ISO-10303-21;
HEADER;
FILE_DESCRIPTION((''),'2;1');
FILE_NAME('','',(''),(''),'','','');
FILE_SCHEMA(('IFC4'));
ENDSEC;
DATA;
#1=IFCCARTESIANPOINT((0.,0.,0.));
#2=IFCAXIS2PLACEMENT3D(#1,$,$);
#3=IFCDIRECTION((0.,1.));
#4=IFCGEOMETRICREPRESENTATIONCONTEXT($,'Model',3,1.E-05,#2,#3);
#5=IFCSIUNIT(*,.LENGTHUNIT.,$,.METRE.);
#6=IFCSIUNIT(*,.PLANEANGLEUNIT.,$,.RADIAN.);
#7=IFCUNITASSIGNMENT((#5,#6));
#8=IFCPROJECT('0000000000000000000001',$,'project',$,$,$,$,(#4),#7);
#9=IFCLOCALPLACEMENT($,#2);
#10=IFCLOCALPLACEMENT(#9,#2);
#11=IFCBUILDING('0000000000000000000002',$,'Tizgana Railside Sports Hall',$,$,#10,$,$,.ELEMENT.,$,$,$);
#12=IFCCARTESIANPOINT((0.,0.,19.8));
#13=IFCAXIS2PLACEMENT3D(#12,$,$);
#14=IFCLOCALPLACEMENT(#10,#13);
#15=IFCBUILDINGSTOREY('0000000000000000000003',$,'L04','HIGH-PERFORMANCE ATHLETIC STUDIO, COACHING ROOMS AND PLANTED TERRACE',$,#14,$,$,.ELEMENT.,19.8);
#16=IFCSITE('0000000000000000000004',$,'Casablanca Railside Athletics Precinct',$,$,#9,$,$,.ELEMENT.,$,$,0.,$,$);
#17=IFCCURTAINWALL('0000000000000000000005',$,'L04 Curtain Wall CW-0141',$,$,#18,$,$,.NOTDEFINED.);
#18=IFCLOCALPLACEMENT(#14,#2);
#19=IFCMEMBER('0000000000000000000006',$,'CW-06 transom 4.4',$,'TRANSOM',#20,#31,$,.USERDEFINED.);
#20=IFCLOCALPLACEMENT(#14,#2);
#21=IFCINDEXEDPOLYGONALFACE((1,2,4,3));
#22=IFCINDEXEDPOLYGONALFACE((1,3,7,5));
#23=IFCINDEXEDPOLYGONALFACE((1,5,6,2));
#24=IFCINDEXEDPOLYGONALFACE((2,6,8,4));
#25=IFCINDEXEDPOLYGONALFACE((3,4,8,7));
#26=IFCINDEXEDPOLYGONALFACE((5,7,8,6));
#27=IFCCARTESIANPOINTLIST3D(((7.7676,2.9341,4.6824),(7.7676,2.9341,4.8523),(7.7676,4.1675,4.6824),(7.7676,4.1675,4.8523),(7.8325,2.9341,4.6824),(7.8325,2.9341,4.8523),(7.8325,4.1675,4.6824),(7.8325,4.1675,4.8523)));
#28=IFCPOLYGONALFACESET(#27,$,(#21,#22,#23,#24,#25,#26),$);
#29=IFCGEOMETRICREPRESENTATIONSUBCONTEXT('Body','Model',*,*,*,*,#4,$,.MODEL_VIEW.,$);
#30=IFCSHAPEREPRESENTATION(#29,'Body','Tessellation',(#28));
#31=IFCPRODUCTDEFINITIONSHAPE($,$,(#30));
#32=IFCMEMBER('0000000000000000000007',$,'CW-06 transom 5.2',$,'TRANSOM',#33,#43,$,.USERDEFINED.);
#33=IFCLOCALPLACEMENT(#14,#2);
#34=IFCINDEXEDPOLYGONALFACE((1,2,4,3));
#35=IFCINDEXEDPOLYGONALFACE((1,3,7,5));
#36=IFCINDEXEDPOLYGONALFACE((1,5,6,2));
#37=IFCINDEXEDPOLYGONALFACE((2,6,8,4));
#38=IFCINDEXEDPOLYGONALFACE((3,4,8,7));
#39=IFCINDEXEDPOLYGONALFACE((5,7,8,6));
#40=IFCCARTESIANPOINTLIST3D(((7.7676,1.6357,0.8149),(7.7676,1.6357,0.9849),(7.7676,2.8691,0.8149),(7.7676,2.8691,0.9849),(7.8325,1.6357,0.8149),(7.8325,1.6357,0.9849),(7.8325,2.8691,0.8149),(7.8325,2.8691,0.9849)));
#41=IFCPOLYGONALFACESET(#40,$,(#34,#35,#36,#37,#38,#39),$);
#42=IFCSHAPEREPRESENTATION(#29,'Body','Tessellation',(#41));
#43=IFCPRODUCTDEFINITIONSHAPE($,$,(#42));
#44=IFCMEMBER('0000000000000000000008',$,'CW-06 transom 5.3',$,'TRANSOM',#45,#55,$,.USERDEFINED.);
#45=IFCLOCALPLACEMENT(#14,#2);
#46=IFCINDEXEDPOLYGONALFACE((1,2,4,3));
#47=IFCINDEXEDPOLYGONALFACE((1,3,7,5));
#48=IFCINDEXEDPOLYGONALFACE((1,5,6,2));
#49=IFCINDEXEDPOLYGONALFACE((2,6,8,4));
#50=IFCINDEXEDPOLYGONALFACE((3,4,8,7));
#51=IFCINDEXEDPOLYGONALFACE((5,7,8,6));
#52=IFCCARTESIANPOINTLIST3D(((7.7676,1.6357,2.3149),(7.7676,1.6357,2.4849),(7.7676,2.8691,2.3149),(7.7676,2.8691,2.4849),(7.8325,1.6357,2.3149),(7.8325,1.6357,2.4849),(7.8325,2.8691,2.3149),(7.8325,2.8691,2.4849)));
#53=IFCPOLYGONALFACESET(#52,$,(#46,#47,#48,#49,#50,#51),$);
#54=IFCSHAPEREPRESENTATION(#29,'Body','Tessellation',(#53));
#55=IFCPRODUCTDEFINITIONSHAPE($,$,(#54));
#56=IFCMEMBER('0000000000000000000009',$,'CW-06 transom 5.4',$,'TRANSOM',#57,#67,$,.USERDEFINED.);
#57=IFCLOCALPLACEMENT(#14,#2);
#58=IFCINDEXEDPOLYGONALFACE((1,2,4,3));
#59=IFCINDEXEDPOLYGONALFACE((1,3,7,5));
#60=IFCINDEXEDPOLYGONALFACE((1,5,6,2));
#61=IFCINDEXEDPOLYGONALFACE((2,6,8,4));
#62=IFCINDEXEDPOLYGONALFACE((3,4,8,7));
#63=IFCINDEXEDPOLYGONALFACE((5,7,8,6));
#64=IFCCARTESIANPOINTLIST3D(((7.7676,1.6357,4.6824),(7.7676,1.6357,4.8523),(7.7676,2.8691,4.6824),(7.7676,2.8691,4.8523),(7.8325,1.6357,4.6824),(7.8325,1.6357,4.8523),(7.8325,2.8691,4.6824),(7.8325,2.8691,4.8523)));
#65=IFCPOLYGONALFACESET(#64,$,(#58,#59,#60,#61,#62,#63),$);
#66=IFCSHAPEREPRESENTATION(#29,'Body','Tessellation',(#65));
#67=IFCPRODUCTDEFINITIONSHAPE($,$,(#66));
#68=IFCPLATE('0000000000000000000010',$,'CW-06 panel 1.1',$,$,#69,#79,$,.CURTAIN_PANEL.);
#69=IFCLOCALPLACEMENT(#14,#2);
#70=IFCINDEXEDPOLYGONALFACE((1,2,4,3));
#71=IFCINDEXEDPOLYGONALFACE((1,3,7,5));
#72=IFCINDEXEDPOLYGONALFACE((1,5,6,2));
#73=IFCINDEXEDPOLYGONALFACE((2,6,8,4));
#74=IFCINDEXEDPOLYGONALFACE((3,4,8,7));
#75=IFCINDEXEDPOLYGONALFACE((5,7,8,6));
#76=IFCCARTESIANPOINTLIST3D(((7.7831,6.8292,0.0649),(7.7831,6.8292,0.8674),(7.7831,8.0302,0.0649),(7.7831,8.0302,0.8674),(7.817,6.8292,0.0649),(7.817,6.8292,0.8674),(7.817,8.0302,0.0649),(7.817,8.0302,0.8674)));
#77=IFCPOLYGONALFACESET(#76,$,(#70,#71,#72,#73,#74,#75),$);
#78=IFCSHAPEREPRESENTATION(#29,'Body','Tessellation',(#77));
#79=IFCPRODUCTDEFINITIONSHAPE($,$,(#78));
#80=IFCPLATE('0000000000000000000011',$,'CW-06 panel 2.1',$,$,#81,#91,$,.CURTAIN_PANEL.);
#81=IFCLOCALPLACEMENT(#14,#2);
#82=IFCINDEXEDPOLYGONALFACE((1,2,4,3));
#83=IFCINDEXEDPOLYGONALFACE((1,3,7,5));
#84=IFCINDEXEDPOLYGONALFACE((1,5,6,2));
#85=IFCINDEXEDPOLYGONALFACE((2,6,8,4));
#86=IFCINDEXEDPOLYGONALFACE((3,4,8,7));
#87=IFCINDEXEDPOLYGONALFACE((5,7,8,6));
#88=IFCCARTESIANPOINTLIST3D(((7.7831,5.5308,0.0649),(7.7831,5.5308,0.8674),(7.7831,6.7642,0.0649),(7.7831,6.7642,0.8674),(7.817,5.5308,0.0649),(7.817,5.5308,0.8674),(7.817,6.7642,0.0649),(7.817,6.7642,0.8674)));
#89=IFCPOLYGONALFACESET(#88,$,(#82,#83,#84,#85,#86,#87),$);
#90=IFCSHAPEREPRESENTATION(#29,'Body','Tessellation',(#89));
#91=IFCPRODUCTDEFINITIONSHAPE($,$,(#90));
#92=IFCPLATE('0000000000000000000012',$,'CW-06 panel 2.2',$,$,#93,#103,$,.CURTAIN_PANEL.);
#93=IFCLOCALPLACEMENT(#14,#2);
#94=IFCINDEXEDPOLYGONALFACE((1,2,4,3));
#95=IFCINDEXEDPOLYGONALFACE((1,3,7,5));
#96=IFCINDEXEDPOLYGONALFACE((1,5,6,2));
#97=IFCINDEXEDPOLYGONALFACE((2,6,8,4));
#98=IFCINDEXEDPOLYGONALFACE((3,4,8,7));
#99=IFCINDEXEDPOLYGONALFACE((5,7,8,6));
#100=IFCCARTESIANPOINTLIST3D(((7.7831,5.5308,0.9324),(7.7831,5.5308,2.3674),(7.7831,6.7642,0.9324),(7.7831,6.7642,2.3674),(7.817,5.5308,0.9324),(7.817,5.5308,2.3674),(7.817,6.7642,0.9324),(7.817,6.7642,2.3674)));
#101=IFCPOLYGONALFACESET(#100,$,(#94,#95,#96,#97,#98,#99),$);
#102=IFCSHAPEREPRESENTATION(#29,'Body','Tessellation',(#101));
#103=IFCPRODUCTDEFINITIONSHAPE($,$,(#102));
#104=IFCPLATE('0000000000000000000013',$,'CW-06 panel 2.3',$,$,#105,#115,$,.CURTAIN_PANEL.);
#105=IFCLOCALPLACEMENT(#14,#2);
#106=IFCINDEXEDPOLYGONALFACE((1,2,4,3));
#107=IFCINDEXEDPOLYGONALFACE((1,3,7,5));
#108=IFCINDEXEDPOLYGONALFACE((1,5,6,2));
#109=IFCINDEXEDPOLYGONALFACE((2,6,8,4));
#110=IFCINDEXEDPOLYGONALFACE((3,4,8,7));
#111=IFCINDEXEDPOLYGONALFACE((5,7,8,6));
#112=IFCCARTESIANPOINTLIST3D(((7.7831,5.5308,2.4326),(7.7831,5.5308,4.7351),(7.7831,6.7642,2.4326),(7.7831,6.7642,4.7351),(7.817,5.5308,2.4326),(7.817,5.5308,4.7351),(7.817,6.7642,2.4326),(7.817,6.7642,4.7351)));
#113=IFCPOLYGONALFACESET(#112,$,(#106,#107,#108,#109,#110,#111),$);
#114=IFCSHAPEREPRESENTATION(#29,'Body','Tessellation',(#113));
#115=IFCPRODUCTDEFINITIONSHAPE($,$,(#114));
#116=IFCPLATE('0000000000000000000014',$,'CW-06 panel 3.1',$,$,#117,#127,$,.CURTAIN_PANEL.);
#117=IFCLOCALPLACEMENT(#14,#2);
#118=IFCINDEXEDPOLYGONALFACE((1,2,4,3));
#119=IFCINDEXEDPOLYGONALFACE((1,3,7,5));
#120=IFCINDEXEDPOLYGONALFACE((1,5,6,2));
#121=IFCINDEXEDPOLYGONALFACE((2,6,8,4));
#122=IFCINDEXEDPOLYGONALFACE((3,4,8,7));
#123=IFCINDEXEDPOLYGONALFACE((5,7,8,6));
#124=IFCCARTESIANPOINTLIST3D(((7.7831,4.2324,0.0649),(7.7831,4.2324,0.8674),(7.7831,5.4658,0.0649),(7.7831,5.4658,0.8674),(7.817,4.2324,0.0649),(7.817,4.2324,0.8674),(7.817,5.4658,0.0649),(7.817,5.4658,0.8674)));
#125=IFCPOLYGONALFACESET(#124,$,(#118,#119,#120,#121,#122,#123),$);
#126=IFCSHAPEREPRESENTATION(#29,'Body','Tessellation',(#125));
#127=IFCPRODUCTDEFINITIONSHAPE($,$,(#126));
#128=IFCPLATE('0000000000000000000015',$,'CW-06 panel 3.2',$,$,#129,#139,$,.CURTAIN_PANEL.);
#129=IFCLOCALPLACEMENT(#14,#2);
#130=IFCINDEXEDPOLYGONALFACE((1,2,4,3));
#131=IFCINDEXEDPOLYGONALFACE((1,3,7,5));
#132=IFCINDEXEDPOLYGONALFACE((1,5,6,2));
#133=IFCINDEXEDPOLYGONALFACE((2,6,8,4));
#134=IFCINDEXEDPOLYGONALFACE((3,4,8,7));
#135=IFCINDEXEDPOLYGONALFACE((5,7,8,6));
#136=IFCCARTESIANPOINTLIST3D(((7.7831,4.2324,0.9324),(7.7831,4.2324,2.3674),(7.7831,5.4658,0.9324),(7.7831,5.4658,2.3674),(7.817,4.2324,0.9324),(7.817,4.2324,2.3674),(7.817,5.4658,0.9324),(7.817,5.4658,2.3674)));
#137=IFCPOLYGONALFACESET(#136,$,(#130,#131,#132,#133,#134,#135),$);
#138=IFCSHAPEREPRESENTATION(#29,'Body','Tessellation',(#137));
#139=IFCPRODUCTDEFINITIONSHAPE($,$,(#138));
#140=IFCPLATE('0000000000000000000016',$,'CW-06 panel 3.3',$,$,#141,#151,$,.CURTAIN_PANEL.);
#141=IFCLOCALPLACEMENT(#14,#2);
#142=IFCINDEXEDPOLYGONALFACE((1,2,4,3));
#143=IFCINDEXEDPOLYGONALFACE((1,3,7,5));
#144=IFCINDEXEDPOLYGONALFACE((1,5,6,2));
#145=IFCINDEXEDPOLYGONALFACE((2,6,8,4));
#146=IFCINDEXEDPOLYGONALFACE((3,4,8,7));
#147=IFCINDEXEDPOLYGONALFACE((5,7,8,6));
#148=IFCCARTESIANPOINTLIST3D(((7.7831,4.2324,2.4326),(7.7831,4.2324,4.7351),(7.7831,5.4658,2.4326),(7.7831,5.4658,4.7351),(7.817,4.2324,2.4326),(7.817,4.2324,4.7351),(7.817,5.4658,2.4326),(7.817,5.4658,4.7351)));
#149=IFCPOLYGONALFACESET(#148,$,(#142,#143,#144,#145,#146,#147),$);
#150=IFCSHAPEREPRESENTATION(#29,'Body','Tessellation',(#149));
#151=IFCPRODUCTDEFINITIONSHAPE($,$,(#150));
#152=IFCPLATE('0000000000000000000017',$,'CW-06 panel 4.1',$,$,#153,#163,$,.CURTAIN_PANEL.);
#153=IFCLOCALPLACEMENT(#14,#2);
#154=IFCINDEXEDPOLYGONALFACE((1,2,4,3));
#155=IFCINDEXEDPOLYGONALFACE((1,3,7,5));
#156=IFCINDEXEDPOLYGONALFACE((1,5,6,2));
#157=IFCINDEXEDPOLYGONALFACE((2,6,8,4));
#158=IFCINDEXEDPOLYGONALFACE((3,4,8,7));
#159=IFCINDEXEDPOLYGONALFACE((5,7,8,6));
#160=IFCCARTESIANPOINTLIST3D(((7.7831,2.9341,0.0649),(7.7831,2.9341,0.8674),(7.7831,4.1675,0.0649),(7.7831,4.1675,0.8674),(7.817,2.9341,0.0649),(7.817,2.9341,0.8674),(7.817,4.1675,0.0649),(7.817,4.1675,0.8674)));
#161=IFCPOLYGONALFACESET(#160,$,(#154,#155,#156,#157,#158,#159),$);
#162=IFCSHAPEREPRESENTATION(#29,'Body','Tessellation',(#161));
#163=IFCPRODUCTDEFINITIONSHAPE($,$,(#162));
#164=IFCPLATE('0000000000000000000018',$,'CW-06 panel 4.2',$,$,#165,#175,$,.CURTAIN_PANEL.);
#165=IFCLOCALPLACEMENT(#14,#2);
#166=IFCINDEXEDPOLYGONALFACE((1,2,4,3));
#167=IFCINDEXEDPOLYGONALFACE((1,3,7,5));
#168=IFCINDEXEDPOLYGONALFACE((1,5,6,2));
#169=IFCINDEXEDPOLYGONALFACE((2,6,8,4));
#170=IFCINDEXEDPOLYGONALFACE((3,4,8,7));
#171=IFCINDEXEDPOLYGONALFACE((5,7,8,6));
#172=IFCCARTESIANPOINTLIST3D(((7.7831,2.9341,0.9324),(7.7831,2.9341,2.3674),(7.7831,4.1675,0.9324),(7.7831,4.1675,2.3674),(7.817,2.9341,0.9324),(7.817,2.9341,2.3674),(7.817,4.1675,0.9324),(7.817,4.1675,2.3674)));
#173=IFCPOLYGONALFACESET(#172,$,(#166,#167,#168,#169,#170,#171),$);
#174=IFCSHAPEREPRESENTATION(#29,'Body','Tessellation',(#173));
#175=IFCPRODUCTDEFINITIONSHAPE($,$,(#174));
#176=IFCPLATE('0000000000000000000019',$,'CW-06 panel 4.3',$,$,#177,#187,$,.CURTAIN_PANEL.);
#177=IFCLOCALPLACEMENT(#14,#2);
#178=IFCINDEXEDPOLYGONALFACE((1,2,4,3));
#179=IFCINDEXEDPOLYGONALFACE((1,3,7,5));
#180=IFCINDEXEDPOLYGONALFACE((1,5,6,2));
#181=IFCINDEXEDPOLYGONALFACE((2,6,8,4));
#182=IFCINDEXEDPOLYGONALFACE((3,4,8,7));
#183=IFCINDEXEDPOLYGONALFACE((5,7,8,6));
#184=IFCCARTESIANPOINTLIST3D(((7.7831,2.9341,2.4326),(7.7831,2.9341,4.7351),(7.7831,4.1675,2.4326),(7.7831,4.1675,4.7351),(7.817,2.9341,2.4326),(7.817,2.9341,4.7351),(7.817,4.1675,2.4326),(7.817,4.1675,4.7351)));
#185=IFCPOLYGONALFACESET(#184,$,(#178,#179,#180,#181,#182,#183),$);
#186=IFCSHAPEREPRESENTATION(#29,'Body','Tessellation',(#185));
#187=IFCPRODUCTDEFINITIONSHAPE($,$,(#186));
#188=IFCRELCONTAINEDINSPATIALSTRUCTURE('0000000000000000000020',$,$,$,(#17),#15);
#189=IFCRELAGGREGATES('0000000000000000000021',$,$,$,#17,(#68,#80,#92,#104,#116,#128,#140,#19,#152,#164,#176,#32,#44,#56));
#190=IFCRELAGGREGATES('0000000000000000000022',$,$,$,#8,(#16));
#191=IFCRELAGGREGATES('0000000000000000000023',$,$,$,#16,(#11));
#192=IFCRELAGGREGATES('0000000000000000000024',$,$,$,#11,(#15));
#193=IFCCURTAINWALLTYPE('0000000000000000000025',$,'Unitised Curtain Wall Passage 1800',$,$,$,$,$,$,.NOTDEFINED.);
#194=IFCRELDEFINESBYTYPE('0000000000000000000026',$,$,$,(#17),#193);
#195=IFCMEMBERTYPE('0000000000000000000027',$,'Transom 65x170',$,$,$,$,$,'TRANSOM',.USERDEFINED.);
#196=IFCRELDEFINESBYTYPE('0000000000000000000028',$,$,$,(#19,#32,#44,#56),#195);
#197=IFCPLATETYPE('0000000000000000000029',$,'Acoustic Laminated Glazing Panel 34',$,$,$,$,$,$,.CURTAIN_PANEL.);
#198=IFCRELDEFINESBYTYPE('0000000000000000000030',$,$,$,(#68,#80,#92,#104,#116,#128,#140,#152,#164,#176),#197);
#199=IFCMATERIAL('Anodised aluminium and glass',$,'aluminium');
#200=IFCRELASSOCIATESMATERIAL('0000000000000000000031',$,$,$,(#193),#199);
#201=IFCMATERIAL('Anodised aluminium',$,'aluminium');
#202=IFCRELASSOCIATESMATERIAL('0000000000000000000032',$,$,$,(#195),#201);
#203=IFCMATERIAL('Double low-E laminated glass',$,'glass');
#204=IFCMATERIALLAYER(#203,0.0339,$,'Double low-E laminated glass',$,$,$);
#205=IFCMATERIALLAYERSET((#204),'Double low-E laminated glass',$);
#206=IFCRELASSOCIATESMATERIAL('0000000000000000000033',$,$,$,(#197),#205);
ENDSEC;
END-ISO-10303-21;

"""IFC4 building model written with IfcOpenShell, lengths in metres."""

from ifc_helpers import new_model, si_unit, direction, frame, origin, origin_2d, place, context, subcontext, project, spatial, rectangle, extrude, material, layer, layer_set, material_profile, profile_set, type_object, element, aggregate, save


model = new_model("IFC4")

# Units and contexts
model_context = context("Model", 3, precision=1e-05, world=origin(), true_north=direction((0.0, 1.0)))
body_context = subcontext(model_context, "Body", "Model", "MODEL_VIEW")
ifc_project = project(units=[si_unit("LENGTHUNIT", "METRE"), si_unit("PLANEANGLEUNIT", "RADIAN")], contexts=[model_context])

# Site, building, storey
site_placement = place(None, origin())
site = spatial("IfcSite", under=ifc_project, at=site_placement, Name="Casablanca Railside Athletics Precinct", CompositionType="ELEMENT", RefElevation=0.0)
building_placement = place(site_placement, origin())
building = spatial("IfcBuilding", under=site, at=building_placement, Name="Tizgana Railside Sports Hall", CompositionType="ELEMENT")
storey_placement = place(building_placement, frame((0.0, 0.0, 19.8)))
storey = spatial("IfcBuildingStorey", under=building, at=storey_placement, Name="L04", Description="HIGH-PERFORMANCE ATHLETIC STUDIO, COACHING ROOMS AND PLANTED TERRACE", CompositionType="ELEMENT", Elevation=19.8)

# Curtain wall, members, plates
ifc_material_1 = material(Name="Anodised aluminium and glass", Category="aluminium")
curtain_wall_type = type_object("IfcCurtainWallType", Name="Unitised Curtain Wall Passage 1800", PredefinedType="NOTDEFINED", material=ifc_material_1)
curtain_wall_placement = place(storey_placement, origin())
curtain_wall = element("IfcCurtainWall", 1, at=curtain_wall_placement, inside=storey, type_object=curtain_wall_type, Name="L04 Curtain Wall CW-0141", PredefinedType="NOTDEFINED")
ifc_material_2 = material(Name="Anodised aluminium", Category="aluminium")
ifc_material_profile_1 = material_profile(ifc_material_2, rectangle(XDim=0.0649, YDim=0.1699, at=origin_2d()), Name="Transom 65x170")
ifc_profile_set_1 = profile_set([ifc_material_profile_1], Name="Anodised aluminium")
member_type_1 = type_object("IfcMemberType", Name="Transom 65x170", ElementType="TRANSOM", PredefinedType="USERDEFINED", material=ifc_profile_set_1)
member_1_placement = place(storey_placement, frame((7.8, 4.1675, 4.7673), z_axis=(0.0, -1.0, 0.0), x_axis=(1.0, 0.0, 0.0)))
member_1 = element("IfcMember", 2, at=member_1_placement, type_object=member_type_1, Name="CW-06 transom 4.4", ObjectType="TRANSOM", PredefinedType="USERDEFINED", context=body_context, shape_type="SweptSolid", body=[
    extrude(rectangle(XDim=0.0649, YDim=0.1699, at=origin_2d()), origin(), (0.0, 0.0, 1.0), 1.2334),
])
member_2_placement = place(storey_placement, frame((7.8, 2.8691, 0.8999), z_axis=(0.0, -1.0, 0.0), x_axis=(1.0, 0.0, 0.0)))
member_2 = element("IfcMember", 3, at=member_2_placement, type_object=member_type_1, Name="CW-06 transom 5.2", ObjectType="TRANSOM", PredefinedType="USERDEFINED", context=body_context, shape_type="SweptSolid", body=[
    extrude(rectangle(XDim=0.0649, YDim=0.1699, at=origin_2d()), origin(), (0.0, 0.0, 1.0), 1.2334),
])
member_3_placement = place(storey_placement, frame((7.8, 2.8691, 2.3999), z_axis=(0.0, -1.0, 0.0), x_axis=(1.0, 0.0, 0.0)))
member_3 = element("IfcMember", 4, at=member_3_placement, type_object=member_type_1, Name="CW-06 transom 5.3", ObjectType="TRANSOM", PredefinedType="USERDEFINED", context=body_context, shape_type="SweptSolid", body=[
    extrude(rectangle(XDim=0.0649, YDim=0.1699, at=origin_2d()), origin(), (0.0, 0.0, 1.0), 1.2334),
])
member_4_placement = place(storey_placement, frame((7.8, 2.8691, 4.7673), z_axis=(0.0, -1.0, 0.0), x_axis=(1.0, 0.0, 0.0)))
member_4 = element("IfcMember", 5, at=member_4_placement, type_object=member_type_1, Name="CW-06 transom 5.4", ObjectType="TRANSOM", PredefinedType="USERDEFINED", context=body_context, shape_type="SweptSolid", body=[
    extrude(rectangle(XDim=0.0649, YDim=0.1699, at=origin_2d()), origin(), (0.0, 0.0, 1.0), 1.2334),
])
ifc_material_3 = material(Name="Double low-E laminated glass", Category="glass")
ifc_layer = layer(ifc_material_3, 0.0339, Name="Double low-E laminated glass")
ifc_layer_set = layer_set([ifc_layer], Name="Double low-E laminated glass")
plate_type = type_object("IfcPlateType", Name="Acoustic Laminated Glazing Panel 34", PredefinedType="CURTAIN_PANEL", material=ifc_layer_set)
plate_1_placement = place(storey_placement, frame((7.8, 7.4297, 0.0649), z_axis=(0.0, 0.0, 1.0), x_axis=(0.0, -1.0, 0.0)))
plate_1 = element("IfcPlate", 6, at=plate_1_placement, type_object=plate_type, Name="CW-06 panel 1.1", PredefinedType="CURTAIN_PANEL", context=body_context, shape_type="SweptSolid", body=[
    extrude(rectangle(XDim=1.2009, YDim=0.0339, at=origin_2d()), origin(), (0.0, 0.0, 1.0), 0.8025),
])
plate_2_placement = place(storey_placement, frame((7.8, 6.1475, 0.0649), z_axis=(0.0, 0.0, 1.0), x_axis=(0.0, -1.0, 0.0)))
plate_2 = element("IfcPlate", 7, at=plate_2_placement, type_object=plate_type, Name="CW-06 panel 2.1", PredefinedType="CURTAIN_PANEL", context=body_context, shape_type="SweptSolid", body=[
    extrude(rectangle(XDim=1.2334, YDim=0.0339, at=origin_2d()), origin(), (0.0, 0.0, 1.0), 0.8025),
])
plate_3_placement = place(storey_placement, frame((7.8, 6.1475, 0.9324), z_axis=(0.0, 0.0, 1.0), x_axis=(0.0, -1.0, 0.0)))
plate_3 = element("IfcPlate", 8, at=plate_3_placement, type_object=plate_type, Name="CW-06 panel 2.2", PredefinedType="CURTAIN_PANEL", context=body_context, shape_type="SweptSolid", body=[
    extrude(rectangle(XDim=1.2334, YDim=0.0339, at=origin_2d()), origin(), (0.0, 0.0, 1.0), 1.4351),
])
plate_4_placement = place(storey_placement, frame((7.8, 6.1475, 2.4326), z_axis=(0.0, 0.0, 1.0), x_axis=(0.0, -1.0, 0.0)))
plate_4 = element("IfcPlate", 9, at=plate_4_placement, type_object=plate_type, Name="CW-06 panel 2.3", PredefinedType="CURTAIN_PANEL", context=body_context, shape_type="SweptSolid", body=[
    extrude(rectangle(XDim=1.2334, YDim=0.0339, at=origin_2d()), origin(), (0.0, 0.0, 1.0), 2.3025),
])
plate_5_placement = place(storey_placement, frame((7.8, 4.8491, 0.0649), z_axis=(0.0, 0.0, 1.0), x_axis=(0.0, -1.0, 0.0)))
plate_5 = element("IfcPlate", 10, at=plate_5_placement, type_object=plate_type, Name="CW-06 panel 3.1", PredefinedType="CURTAIN_PANEL", context=body_context, shape_type="SweptSolid", body=[
    extrude(rectangle(XDim=1.2334, YDim=0.0339, at=origin_2d()), origin(), (0.0, 0.0, 1.0), 0.8025),
])
plate_6_placement = place(storey_placement, frame((7.8, 4.8491, 0.9324), z_axis=(0.0, 0.0, 1.0), x_axis=(0.0, -1.0, 0.0)))
plate_6 = element("IfcPlate", 11, at=plate_6_placement, type_object=plate_type, Name="CW-06 panel 3.2", PredefinedType="CURTAIN_PANEL", context=body_context, shape_type="SweptSolid", body=[
    extrude(rectangle(XDim=1.2334, YDim=0.0339, at=origin_2d()), origin(), (0.0, 0.0, 1.0), 1.4351),
])
plate_7_placement = place(storey_placement, frame((7.8, 4.8491, 2.4326), z_axis=(0.0, 0.0, 1.0), x_axis=(0.0, -1.0, 0.0)))
plate_7 = element("IfcPlate", 12, at=plate_7_placement, type_object=plate_type, Name="CW-06 panel 3.3", PredefinedType="CURTAIN_PANEL", context=body_context, shape_type="SweptSolid", body=[
    extrude(rectangle(XDim=1.2334, YDim=0.0339, at=origin_2d()), origin(), (0.0, 0.0, 1.0), 2.3025),
])
plate_8_placement = place(storey_placement, frame((7.8, 3.5508, 0.0649), z_axis=(0.0, 0.0, 1.0), x_axis=(0.0, -1.0, 0.0)))
plate_8 = element("IfcPlate", 13, at=plate_8_placement, type_object=plate_type, Name="CW-06 panel 4.1", PredefinedType="CURTAIN_PANEL", context=body_context, shape_type="SweptSolid", body=[
    extrude(rectangle(XDim=1.2334, YDim=0.0339, at=origin_2d()), origin(), (0.0, 0.0, 1.0), 0.8025),
])
plate_9_placement = place(storey_placement, frame((7.8, 3.5508, 0.9324), z_axis=(0.0, 0.0, 1.0), x_axis=(0.0, -1.0, 0.0)))
plate_9 = element("IfcPlate", 14, at=plate_9_placement, type_object=plate_type, Name="CW-06 panel 4.2", PredefinedType="CURTAIN_PANEL", context=body_context, shape_type="SweptSolid", body=[
    extrude(rectangle(XDim=1.2334, YDim=0.0339, at=origin_2d()), origin(), (0.0, 0.0, 1.0), 1.4351),
])
plate_10_placement = place(storey_placement, frame((7.8, 3.5508, 2.4326), z_axis=(0.0, 0.0, 1.0), x_axis=(0.0, -1.0, 0.0)))
plate_10 = element("IfcPlate", 15, at=plate_10_placement, type_object=plate_type, Name="CW-06 panel 4.3", PredefinedType="CURTAIN_PANEL", context=body_context, shape_type="SweptSolid", body=[
    extrude(rectangle(XDim=1.2334, YDim=0.0339, at=origin_2d()), origin(), (0.0, 0.0, 1.0), 2.3025),
])
aggregate(curtain_wall, [plate_1, plate_2, plate_3, plate_4, plate_5, plate_6, plate_7, member_1, plate_8, plate_9, plate_10, member_2, member_3, member_4])

save(model, "model.ifc")
